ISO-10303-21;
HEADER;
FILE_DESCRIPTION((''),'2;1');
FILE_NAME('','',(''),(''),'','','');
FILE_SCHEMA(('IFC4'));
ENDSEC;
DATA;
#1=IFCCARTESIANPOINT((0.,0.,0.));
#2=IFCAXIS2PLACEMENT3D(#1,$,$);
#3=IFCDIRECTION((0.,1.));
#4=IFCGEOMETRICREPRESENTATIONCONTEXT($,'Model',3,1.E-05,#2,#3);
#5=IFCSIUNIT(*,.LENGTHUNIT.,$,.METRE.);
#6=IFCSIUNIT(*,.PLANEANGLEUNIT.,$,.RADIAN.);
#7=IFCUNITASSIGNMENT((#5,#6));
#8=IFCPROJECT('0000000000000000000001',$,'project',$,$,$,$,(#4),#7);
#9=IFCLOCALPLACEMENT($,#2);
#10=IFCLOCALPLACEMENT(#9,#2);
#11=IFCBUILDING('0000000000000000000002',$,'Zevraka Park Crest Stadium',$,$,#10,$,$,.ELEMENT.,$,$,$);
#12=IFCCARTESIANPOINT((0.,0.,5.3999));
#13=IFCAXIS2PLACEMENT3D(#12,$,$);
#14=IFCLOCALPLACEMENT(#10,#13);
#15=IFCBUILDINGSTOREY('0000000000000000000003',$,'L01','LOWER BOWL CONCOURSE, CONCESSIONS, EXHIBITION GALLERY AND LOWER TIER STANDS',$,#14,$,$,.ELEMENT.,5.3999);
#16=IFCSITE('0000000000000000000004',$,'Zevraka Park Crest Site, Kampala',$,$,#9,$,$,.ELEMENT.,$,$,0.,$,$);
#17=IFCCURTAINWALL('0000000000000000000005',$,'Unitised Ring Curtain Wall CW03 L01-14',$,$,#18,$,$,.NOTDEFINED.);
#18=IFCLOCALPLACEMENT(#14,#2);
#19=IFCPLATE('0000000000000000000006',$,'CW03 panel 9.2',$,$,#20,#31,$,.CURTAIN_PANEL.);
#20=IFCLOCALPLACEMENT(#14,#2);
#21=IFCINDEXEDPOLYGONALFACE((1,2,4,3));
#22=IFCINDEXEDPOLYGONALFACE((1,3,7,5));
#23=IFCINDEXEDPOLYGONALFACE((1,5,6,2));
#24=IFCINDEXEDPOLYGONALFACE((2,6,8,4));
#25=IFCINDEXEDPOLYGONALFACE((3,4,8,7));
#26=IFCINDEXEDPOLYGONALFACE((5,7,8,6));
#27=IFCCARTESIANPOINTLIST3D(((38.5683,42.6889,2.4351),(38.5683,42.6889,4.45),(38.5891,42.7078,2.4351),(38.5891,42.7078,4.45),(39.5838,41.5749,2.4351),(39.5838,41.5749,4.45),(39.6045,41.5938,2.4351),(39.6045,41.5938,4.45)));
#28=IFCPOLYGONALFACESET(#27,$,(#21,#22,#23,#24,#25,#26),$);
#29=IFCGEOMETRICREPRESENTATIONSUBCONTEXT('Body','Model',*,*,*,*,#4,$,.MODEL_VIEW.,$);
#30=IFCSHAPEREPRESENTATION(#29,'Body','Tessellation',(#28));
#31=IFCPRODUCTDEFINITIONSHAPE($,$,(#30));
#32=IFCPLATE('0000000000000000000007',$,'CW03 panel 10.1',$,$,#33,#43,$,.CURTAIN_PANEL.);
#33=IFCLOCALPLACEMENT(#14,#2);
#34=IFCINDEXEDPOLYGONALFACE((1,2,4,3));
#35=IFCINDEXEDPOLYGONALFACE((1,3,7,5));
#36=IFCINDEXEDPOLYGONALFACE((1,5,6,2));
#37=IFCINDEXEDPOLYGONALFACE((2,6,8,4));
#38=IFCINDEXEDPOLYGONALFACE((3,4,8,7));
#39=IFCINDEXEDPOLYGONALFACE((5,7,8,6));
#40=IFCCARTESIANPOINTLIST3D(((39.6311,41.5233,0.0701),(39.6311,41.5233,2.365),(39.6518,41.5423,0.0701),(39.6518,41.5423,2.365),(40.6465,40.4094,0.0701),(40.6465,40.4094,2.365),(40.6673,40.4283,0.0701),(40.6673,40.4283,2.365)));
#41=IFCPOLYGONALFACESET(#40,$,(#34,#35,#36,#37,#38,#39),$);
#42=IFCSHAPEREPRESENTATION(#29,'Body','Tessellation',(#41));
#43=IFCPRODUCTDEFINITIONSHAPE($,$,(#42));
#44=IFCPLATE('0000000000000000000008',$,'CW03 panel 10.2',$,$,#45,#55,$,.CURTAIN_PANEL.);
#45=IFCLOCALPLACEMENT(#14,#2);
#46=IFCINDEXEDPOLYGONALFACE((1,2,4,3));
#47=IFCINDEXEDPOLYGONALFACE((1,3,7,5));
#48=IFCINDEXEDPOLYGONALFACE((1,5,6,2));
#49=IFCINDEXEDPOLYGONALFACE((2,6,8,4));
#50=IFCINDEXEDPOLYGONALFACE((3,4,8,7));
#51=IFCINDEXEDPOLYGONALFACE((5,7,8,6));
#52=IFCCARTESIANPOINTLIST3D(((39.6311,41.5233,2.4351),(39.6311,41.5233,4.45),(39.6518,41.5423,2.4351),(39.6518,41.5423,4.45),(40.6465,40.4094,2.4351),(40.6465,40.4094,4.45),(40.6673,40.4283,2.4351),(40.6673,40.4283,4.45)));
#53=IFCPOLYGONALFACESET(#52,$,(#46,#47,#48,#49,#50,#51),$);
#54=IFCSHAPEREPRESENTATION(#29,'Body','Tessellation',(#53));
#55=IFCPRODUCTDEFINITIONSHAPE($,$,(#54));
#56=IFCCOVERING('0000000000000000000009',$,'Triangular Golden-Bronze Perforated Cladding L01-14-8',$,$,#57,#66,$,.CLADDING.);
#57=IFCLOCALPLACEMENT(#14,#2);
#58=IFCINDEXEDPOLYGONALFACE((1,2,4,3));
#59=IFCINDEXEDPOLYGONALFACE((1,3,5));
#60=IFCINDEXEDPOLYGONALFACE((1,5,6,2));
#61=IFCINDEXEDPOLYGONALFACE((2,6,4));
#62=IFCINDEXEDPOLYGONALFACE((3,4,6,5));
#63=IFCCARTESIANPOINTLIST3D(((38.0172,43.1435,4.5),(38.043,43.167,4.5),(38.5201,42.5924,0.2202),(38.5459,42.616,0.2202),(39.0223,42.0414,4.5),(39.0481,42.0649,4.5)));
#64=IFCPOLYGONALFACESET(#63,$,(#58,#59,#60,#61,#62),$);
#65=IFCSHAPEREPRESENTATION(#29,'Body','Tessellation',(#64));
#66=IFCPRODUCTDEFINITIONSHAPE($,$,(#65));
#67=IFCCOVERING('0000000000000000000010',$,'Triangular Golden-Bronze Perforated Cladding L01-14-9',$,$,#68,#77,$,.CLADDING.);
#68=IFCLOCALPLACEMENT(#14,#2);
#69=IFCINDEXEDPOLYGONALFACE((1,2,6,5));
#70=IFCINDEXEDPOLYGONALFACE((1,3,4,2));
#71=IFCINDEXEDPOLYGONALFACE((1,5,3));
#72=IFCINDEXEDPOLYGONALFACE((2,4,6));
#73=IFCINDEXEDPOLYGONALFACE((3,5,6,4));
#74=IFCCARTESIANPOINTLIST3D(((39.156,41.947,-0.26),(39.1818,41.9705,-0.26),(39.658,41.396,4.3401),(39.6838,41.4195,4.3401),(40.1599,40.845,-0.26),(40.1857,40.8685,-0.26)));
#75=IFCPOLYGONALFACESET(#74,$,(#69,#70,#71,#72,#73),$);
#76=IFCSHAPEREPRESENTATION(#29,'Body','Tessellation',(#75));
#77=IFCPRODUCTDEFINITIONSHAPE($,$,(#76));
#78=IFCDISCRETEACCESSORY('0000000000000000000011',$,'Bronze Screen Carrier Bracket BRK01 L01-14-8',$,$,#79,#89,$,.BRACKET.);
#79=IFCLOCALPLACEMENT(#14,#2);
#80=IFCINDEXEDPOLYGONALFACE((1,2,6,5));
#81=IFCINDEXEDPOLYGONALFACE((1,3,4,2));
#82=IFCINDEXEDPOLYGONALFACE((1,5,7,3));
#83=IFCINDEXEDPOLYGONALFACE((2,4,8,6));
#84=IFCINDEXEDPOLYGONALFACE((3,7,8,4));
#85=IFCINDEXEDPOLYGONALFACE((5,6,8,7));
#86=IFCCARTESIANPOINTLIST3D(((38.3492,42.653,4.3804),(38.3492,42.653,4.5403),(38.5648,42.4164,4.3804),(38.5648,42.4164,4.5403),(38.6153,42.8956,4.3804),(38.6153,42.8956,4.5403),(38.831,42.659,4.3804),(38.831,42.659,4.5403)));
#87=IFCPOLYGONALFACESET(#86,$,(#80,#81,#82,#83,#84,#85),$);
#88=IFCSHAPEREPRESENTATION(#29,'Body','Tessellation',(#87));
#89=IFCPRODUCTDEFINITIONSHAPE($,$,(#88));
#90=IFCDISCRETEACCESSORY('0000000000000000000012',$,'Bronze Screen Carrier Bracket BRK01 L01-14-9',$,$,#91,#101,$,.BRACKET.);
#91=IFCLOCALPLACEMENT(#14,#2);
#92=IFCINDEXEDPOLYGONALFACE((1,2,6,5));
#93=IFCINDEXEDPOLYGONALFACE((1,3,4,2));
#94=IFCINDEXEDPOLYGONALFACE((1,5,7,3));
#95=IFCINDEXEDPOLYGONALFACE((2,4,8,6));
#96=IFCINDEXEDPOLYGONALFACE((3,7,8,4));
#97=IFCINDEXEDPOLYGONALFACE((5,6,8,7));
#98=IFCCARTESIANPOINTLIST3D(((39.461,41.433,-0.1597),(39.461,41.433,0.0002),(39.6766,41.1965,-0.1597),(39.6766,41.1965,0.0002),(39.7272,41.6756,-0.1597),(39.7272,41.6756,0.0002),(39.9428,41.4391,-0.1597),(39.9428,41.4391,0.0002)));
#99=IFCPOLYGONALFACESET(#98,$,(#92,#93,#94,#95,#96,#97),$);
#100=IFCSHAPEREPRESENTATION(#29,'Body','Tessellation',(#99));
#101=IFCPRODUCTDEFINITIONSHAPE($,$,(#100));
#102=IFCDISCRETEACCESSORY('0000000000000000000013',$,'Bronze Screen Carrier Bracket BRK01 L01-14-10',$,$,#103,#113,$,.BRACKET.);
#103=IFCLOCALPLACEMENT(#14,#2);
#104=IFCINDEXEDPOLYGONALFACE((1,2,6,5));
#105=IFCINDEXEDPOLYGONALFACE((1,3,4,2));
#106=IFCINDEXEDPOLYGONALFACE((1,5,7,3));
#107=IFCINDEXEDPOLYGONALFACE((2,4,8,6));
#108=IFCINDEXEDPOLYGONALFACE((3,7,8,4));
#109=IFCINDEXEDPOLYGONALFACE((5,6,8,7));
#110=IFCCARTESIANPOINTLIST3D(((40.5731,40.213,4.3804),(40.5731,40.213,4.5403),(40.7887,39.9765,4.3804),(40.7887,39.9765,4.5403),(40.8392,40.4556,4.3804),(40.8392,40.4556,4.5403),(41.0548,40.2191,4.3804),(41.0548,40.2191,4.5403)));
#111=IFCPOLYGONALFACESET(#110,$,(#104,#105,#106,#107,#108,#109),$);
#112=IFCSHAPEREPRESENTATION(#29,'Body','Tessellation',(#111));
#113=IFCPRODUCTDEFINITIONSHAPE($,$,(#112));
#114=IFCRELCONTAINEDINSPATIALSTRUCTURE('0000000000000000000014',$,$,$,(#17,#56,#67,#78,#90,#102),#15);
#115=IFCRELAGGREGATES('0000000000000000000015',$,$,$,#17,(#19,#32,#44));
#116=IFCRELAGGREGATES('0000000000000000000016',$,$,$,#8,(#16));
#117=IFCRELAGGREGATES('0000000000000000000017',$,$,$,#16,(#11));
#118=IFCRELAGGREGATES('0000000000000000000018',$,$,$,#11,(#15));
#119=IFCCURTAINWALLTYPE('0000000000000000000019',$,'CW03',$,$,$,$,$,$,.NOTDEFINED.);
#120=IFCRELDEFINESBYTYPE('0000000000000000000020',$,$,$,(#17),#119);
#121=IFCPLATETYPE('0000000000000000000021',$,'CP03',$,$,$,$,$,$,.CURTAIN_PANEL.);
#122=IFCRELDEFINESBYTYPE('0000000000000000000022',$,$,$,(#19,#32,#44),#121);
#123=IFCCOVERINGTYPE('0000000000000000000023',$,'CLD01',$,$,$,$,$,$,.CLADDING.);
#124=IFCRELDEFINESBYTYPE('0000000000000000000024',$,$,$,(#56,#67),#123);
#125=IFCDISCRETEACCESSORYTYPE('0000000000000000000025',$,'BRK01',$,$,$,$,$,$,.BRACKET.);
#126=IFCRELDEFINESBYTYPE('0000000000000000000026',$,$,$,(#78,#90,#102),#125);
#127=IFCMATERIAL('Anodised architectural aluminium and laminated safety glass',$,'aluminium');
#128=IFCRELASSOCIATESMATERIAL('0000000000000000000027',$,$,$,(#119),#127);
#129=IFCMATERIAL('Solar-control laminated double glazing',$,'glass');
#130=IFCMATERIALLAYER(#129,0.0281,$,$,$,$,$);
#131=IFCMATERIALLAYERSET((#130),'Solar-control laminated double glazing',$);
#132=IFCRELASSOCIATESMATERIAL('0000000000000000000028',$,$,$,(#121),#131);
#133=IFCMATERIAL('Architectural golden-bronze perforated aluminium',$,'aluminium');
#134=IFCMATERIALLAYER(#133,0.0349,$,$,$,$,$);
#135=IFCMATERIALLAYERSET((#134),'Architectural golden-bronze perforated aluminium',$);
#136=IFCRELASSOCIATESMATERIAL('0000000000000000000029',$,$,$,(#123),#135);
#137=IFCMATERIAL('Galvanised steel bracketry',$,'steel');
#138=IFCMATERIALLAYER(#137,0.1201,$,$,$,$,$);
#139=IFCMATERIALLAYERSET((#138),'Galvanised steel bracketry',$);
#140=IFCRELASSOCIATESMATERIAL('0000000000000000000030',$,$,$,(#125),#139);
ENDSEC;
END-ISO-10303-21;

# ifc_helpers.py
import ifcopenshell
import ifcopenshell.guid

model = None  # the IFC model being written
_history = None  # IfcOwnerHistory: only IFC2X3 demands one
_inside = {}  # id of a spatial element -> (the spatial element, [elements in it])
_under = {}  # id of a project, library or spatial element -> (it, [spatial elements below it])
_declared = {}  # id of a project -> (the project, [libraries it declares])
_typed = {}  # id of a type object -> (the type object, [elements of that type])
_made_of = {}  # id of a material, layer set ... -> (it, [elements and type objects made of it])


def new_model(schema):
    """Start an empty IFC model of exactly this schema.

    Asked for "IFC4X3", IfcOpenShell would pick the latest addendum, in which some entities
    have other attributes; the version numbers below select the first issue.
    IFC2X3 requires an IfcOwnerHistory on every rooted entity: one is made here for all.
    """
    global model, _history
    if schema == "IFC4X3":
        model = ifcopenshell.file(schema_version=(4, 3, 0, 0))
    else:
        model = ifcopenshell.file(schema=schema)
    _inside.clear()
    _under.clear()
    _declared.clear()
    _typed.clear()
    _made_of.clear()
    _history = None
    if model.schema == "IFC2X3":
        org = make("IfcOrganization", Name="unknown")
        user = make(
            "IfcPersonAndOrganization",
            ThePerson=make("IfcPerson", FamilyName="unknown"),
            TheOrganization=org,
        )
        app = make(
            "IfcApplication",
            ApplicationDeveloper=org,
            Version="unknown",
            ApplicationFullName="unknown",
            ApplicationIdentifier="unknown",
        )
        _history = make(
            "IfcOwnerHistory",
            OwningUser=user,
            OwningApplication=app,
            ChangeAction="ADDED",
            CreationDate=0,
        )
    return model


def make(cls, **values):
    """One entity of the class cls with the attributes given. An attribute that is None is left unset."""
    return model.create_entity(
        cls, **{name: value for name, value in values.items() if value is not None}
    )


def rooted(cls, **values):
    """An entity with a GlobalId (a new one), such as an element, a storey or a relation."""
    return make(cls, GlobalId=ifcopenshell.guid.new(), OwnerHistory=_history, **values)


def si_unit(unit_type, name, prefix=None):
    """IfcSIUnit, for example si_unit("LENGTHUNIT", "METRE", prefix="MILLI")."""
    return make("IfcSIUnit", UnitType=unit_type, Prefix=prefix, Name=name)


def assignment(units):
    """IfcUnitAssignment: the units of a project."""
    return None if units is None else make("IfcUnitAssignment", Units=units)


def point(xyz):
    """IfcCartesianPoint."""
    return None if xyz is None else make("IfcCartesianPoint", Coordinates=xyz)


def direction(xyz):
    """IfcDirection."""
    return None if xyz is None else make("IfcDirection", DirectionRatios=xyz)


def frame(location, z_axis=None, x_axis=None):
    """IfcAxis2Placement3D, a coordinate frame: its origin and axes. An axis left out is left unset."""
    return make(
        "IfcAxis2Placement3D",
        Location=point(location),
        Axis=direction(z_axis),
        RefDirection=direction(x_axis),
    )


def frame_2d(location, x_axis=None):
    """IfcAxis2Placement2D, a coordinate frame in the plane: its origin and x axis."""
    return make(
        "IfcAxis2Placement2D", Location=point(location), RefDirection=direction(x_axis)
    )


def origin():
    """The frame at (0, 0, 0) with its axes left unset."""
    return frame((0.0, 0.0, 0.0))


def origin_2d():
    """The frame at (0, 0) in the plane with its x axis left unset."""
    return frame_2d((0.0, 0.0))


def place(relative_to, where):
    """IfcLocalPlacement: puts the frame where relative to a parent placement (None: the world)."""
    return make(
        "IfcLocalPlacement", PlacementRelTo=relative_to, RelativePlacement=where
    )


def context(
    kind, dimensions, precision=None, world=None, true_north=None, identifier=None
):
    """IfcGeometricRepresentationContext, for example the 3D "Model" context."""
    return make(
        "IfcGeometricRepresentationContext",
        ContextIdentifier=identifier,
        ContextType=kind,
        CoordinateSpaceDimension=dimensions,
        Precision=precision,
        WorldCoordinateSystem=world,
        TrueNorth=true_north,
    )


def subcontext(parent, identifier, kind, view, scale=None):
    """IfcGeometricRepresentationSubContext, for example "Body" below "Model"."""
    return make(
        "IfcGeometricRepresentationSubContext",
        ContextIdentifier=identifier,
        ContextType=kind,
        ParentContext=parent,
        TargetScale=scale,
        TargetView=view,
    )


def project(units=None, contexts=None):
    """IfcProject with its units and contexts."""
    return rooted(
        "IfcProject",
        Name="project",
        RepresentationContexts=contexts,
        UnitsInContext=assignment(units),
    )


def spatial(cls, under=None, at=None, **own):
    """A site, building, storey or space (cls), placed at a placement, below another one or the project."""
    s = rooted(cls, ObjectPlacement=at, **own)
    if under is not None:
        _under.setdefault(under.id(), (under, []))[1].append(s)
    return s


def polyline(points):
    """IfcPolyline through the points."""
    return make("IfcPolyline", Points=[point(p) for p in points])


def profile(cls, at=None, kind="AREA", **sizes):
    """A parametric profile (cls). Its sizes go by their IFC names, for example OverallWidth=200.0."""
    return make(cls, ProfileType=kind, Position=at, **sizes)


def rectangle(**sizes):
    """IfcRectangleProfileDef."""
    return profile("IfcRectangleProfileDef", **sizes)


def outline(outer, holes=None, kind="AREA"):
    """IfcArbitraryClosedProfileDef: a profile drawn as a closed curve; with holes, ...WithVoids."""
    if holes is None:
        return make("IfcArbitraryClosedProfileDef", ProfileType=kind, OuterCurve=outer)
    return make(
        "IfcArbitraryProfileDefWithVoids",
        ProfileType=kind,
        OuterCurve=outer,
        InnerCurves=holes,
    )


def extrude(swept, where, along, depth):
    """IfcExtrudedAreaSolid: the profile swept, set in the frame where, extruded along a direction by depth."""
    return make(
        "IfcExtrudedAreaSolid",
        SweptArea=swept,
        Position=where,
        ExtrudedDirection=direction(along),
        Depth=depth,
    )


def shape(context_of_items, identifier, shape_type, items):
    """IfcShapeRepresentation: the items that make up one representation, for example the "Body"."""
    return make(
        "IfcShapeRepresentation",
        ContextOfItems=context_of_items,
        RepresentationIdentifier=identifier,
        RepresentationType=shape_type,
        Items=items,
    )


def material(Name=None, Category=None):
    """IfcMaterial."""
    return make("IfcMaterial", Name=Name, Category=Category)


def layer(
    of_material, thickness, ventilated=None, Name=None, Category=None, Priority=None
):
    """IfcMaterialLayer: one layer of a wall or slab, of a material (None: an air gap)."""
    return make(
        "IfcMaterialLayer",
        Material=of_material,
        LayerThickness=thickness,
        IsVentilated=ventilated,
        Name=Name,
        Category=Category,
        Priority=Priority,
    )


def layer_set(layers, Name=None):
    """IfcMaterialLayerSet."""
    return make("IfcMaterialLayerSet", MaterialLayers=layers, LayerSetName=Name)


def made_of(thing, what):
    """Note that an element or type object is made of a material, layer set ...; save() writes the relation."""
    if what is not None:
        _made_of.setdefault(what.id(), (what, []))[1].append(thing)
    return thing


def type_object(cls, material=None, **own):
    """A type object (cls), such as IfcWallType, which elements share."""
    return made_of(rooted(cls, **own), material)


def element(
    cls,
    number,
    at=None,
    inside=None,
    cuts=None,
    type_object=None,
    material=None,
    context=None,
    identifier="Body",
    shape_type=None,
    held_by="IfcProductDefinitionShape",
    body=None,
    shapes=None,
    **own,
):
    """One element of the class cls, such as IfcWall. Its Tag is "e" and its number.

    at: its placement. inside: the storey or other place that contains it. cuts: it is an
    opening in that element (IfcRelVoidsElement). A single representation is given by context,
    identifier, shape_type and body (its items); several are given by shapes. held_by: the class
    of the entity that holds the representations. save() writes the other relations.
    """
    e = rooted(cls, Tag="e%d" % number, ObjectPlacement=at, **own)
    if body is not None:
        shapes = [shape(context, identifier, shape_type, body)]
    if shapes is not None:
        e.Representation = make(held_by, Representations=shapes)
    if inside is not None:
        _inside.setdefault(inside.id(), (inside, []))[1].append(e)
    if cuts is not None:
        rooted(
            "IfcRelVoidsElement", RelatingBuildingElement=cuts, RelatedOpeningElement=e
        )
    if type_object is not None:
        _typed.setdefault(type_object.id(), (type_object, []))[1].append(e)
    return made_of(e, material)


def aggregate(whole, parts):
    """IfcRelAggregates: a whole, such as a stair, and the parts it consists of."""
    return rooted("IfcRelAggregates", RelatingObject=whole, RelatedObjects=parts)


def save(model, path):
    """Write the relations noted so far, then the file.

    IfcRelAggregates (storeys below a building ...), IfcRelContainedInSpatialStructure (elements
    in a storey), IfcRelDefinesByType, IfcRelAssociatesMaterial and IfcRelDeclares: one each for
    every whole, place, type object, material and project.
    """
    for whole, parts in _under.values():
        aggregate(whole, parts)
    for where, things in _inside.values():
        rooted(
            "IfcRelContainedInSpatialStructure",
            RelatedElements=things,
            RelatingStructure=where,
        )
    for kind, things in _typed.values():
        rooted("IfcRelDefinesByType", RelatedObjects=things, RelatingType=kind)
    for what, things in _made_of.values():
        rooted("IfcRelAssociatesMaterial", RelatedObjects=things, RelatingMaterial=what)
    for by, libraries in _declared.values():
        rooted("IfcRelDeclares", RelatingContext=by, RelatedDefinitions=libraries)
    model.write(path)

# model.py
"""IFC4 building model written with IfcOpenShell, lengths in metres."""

from ifc_helpers import new_model, si_unit, direction, frame, origin, origin_2d, place, context, subcontext, project, spatial, polyline, rectangle, outline, extrude, material, layer, layer_set, type_object, element, aggregate, save


model = new_model("IFC4")

# Units and contexts
model_context = context("Model", 3, precision=1e-05, world=origin(), true_north=direction((0.0, 1.0)))
body_context = subcontext(model_context, "Body", "Model", "MODEL_VIEW")
ifc_project = project(units=[si_unit("LENGTHUNIT", "METRE"), si_unit("PLANEANGLEUNIT", "RADIAN")], contexts=[model_context])

# Site, building, storey
site_placement = place(None, origin())
site = spatial("IfcSite", under=ifc_project, at=site_placement, Name="Zevraka Park Crest Site, Kampala", CompositionType="ELEMENT", RefElevation=0.0)
building_placement = place(site_placement, origin())
building = spatial("IfcBuilding", under=site, at=building_placement, Name="Zevraka Park Crest Stadium", CompositionType="ELEMENT")
storey_placement = place(building_placement, frame((0.0, 0.0, 5.3999)))
storey = spatial("IfcBuildingStorey", under=building, at=storey_placement, Name="L01", Description="LOWER BOWL CONCOURSE, CONCESSIONS, EXHIBITION GALLERY AND LOWER TIER STANDS", CompositionType="ELEMENT", Elevation=5.3999)

# Curtain wall, plates
ifc_material_1 = material(Name="Anodised architectural aluminium and laminated safety glass", Category="aluminium")
curtain_wall_type = type_object("IfcCurtainWallType", Name="CW03", PredefinedType="NOTDEFINED", material=ifc_material_1)
curtain_wall_placement = place(storey_placement, origin())
curtain_wall = element("IfcCurtainWall", 1, at=curtain_wall_placement, inside=storey, type_object=curtain_wall_type, Name="Unitised Ring Curtain Wall CW03 L01-14", PredefinedType="NOTDEFINED")
ifc_material_2 = material(Name="Solar-control laminated double glazing", Category="glass")
ifc_layer_1 = layer(ifc_material_2, 0.0281)
ifc_layer_set_1 = layer_set([ifc_layer_1], Name="Solar-control laminated double glazing")
plate_type = type_object("IfcPlateType", Name="CP03", PredefinedType="CURTAIN_PANEL", material=ifc_layer_set_1)
plate_1_placement = place(storey_placement, frame((39.0864, 42.1414, 2.4351), z_axis=(0.0, 0.0, 1.0), x_axis=(0.67368, -0.739023, 0.0)))
plate_1 = element("IfcPlate", 2, at=plate_1_placement, type_object=plate_type, Name="CW03 panel 9.2", PredefinedType="CURTAIN_PANEL", context=body_context, shape_type="SweptSolid", body=[
    extrude(rectangle(XDim=1.5073, YDim=0.0281, at=origin_2d()), origin(), (0.0, 0.0, 1.0), 2.0149),
])
plate_2_placement = place(storey_placement, frame((40.1492, 40.9758, 0.0701), z_axis=(0.0, 0.0, 1.0), x_axis=(0.67368, -0.739023, 0.0)))
plate_2 = element("IfcPlate", 3, at=plate_2_placement, type_object=plate_type, Name="CW03 panel 10.1", PredefinedType="CURTAIN_PANEL", context=body_context, shape_type="SweptSolid", body=[
    extrude(rectangle(XDim=1.5073, YDim=0.0281, at=origin_2d()), origin(), (0.0, 0.0, 1.0), 2.2949),
])
plate_3_placement = place(storey_placement, frame((40.1492, 40.9758, 2.4351), z_axis=(0.0, 0.0, 1.0), x_axis=(0.67368, -0.739023, 0.0)))
plate_3 = element("IfcPlate", 4, at=plate_3_placement, type_object=plate_type, Name="CW03 panel 10.2", PredefinedType="CURTAIN_PANEL", context=body_context, shape_type="SweptSolid", body=[
    extrude(rectangle(XDim=1.5073, YDim=0.0281, at=origin_2d()), origin(), (0.0, 0.0, 1.0), 2.0149),
])
aggregate(curtain_wall, [plate_1, plate_2, plate_3])

# Coverings
ifc_material_3 = material(Name="Architectural golden-bronze perforated aluminium", Category="aluminium")
ifc_layer_2 = layer(ifc_material_3, 0.0349)
ifc_layer_set_2 = layer_set([ifc_layer_2], Name="Architectural golden-bronze perforated aluminium")
covering_type = type_object("IfcCoveringType", Name="CLD01", PredefinedType="CLADDING", material=ifc_layer_set_2)
covering_1_placement = place(storey_placement, frame((39.0481, 42.0649, 4.5), z_axis=(0.73885, 0.67387, 0.000063), x_axis=(-0.67387, 0.73885, 0.0)))
element("IfcCovering", 5, at=covering_1_placement, inside=storey, type_object=covering_type, Name="Triangular Golden-Bronze Perforated Cladding L01-14-8", PredefinedType="CLADDING", context=body_context, shape_type="SweptSolid", body=[
    extrude(outline(polyline([(0.0, 0.0), (1.4916, 0.0), (0.7455, -4.2798), (0.0, 0.0)])), origin(), (0.0, 0.0, -1.0), 0.0349),
])
covering_2_placement = place(storey_placement, frame((39.156, 41.947, -0.26), z_axis=(-0.739258, -0.673422, 0.0), x_axis=(0.673422, -0.739258, 0.0)))
element("IfcCovering", 6, at=covering_2_placement, inside=storey, type_object=covering_type, Name="Triangular Golden-Bronze Perforated Cladding L01-14-9", PredefinedType="CLADDING", context=body_context, shape_type="SweptSolid", body=[
    extrude(outline(polyline([(0.0, 0.0), (1.4908, 0.0), (0.7454, 4.6001), (0.0, 0.0)])), origin(), (0.0, 0.0, -1.0), 0.0349),
])

# Discrete accessories
ifc_material_4 = material(Name="Galvanised steel bracketry", Category="steel")
ifc_layer_3 = layer(ifc_material_4, 0.1201)
ifc_layer_set_3 = layer_set([ifc_layer_3], Name="Galvanised steel bracketry")
discrete_accessory_type = type_object("IfcDiscreteAccessoryType", Name="BRK01", PredefinedType="BRACKET", material=ifc_layer_set_3)
for number, where, z_axis, x_axis, name in (
    (7, (38.5901, 42.656, 4.3804), (0.0, 0.0, 1.0), (0.673658, -0.739043, 0.0), "Bronze Screen Carrier Bracket BRK01 L01-14-8"),
    (8, (39.7019, 41.436, -0.1597), (0.0, 0.0, 1.0), (0.673658, -0.739043, 0.0), "Bronze Screen Carrier Bracket BRK01 L01-14-9"),
    (9, (40.814, 40.2161, 4.3804), (0.0, 0.0, 1.0), (0.673658, -0.739043, 0.0), "Bronze Screen Carrier Bracket BRK01 L01-14-10"),
):
    element("IfcDiscreteAccessory", number, at=place(storey_placement, frame(where, z_axis=z_axis, x_axis=x_axis)), inside=storey, type_object=discrete_accessory_type, Name=name, PredefinedType="BRACKET", context=body_context, shape_type="SweptSolid", body=[
        extrude(rectangle(XDim=0.3201, YDim=0.3601, at=origin_2d()), origin(), (0.0, 0.0, 1.0), 0.1599),
    ])

save(model, "model.ifc")
